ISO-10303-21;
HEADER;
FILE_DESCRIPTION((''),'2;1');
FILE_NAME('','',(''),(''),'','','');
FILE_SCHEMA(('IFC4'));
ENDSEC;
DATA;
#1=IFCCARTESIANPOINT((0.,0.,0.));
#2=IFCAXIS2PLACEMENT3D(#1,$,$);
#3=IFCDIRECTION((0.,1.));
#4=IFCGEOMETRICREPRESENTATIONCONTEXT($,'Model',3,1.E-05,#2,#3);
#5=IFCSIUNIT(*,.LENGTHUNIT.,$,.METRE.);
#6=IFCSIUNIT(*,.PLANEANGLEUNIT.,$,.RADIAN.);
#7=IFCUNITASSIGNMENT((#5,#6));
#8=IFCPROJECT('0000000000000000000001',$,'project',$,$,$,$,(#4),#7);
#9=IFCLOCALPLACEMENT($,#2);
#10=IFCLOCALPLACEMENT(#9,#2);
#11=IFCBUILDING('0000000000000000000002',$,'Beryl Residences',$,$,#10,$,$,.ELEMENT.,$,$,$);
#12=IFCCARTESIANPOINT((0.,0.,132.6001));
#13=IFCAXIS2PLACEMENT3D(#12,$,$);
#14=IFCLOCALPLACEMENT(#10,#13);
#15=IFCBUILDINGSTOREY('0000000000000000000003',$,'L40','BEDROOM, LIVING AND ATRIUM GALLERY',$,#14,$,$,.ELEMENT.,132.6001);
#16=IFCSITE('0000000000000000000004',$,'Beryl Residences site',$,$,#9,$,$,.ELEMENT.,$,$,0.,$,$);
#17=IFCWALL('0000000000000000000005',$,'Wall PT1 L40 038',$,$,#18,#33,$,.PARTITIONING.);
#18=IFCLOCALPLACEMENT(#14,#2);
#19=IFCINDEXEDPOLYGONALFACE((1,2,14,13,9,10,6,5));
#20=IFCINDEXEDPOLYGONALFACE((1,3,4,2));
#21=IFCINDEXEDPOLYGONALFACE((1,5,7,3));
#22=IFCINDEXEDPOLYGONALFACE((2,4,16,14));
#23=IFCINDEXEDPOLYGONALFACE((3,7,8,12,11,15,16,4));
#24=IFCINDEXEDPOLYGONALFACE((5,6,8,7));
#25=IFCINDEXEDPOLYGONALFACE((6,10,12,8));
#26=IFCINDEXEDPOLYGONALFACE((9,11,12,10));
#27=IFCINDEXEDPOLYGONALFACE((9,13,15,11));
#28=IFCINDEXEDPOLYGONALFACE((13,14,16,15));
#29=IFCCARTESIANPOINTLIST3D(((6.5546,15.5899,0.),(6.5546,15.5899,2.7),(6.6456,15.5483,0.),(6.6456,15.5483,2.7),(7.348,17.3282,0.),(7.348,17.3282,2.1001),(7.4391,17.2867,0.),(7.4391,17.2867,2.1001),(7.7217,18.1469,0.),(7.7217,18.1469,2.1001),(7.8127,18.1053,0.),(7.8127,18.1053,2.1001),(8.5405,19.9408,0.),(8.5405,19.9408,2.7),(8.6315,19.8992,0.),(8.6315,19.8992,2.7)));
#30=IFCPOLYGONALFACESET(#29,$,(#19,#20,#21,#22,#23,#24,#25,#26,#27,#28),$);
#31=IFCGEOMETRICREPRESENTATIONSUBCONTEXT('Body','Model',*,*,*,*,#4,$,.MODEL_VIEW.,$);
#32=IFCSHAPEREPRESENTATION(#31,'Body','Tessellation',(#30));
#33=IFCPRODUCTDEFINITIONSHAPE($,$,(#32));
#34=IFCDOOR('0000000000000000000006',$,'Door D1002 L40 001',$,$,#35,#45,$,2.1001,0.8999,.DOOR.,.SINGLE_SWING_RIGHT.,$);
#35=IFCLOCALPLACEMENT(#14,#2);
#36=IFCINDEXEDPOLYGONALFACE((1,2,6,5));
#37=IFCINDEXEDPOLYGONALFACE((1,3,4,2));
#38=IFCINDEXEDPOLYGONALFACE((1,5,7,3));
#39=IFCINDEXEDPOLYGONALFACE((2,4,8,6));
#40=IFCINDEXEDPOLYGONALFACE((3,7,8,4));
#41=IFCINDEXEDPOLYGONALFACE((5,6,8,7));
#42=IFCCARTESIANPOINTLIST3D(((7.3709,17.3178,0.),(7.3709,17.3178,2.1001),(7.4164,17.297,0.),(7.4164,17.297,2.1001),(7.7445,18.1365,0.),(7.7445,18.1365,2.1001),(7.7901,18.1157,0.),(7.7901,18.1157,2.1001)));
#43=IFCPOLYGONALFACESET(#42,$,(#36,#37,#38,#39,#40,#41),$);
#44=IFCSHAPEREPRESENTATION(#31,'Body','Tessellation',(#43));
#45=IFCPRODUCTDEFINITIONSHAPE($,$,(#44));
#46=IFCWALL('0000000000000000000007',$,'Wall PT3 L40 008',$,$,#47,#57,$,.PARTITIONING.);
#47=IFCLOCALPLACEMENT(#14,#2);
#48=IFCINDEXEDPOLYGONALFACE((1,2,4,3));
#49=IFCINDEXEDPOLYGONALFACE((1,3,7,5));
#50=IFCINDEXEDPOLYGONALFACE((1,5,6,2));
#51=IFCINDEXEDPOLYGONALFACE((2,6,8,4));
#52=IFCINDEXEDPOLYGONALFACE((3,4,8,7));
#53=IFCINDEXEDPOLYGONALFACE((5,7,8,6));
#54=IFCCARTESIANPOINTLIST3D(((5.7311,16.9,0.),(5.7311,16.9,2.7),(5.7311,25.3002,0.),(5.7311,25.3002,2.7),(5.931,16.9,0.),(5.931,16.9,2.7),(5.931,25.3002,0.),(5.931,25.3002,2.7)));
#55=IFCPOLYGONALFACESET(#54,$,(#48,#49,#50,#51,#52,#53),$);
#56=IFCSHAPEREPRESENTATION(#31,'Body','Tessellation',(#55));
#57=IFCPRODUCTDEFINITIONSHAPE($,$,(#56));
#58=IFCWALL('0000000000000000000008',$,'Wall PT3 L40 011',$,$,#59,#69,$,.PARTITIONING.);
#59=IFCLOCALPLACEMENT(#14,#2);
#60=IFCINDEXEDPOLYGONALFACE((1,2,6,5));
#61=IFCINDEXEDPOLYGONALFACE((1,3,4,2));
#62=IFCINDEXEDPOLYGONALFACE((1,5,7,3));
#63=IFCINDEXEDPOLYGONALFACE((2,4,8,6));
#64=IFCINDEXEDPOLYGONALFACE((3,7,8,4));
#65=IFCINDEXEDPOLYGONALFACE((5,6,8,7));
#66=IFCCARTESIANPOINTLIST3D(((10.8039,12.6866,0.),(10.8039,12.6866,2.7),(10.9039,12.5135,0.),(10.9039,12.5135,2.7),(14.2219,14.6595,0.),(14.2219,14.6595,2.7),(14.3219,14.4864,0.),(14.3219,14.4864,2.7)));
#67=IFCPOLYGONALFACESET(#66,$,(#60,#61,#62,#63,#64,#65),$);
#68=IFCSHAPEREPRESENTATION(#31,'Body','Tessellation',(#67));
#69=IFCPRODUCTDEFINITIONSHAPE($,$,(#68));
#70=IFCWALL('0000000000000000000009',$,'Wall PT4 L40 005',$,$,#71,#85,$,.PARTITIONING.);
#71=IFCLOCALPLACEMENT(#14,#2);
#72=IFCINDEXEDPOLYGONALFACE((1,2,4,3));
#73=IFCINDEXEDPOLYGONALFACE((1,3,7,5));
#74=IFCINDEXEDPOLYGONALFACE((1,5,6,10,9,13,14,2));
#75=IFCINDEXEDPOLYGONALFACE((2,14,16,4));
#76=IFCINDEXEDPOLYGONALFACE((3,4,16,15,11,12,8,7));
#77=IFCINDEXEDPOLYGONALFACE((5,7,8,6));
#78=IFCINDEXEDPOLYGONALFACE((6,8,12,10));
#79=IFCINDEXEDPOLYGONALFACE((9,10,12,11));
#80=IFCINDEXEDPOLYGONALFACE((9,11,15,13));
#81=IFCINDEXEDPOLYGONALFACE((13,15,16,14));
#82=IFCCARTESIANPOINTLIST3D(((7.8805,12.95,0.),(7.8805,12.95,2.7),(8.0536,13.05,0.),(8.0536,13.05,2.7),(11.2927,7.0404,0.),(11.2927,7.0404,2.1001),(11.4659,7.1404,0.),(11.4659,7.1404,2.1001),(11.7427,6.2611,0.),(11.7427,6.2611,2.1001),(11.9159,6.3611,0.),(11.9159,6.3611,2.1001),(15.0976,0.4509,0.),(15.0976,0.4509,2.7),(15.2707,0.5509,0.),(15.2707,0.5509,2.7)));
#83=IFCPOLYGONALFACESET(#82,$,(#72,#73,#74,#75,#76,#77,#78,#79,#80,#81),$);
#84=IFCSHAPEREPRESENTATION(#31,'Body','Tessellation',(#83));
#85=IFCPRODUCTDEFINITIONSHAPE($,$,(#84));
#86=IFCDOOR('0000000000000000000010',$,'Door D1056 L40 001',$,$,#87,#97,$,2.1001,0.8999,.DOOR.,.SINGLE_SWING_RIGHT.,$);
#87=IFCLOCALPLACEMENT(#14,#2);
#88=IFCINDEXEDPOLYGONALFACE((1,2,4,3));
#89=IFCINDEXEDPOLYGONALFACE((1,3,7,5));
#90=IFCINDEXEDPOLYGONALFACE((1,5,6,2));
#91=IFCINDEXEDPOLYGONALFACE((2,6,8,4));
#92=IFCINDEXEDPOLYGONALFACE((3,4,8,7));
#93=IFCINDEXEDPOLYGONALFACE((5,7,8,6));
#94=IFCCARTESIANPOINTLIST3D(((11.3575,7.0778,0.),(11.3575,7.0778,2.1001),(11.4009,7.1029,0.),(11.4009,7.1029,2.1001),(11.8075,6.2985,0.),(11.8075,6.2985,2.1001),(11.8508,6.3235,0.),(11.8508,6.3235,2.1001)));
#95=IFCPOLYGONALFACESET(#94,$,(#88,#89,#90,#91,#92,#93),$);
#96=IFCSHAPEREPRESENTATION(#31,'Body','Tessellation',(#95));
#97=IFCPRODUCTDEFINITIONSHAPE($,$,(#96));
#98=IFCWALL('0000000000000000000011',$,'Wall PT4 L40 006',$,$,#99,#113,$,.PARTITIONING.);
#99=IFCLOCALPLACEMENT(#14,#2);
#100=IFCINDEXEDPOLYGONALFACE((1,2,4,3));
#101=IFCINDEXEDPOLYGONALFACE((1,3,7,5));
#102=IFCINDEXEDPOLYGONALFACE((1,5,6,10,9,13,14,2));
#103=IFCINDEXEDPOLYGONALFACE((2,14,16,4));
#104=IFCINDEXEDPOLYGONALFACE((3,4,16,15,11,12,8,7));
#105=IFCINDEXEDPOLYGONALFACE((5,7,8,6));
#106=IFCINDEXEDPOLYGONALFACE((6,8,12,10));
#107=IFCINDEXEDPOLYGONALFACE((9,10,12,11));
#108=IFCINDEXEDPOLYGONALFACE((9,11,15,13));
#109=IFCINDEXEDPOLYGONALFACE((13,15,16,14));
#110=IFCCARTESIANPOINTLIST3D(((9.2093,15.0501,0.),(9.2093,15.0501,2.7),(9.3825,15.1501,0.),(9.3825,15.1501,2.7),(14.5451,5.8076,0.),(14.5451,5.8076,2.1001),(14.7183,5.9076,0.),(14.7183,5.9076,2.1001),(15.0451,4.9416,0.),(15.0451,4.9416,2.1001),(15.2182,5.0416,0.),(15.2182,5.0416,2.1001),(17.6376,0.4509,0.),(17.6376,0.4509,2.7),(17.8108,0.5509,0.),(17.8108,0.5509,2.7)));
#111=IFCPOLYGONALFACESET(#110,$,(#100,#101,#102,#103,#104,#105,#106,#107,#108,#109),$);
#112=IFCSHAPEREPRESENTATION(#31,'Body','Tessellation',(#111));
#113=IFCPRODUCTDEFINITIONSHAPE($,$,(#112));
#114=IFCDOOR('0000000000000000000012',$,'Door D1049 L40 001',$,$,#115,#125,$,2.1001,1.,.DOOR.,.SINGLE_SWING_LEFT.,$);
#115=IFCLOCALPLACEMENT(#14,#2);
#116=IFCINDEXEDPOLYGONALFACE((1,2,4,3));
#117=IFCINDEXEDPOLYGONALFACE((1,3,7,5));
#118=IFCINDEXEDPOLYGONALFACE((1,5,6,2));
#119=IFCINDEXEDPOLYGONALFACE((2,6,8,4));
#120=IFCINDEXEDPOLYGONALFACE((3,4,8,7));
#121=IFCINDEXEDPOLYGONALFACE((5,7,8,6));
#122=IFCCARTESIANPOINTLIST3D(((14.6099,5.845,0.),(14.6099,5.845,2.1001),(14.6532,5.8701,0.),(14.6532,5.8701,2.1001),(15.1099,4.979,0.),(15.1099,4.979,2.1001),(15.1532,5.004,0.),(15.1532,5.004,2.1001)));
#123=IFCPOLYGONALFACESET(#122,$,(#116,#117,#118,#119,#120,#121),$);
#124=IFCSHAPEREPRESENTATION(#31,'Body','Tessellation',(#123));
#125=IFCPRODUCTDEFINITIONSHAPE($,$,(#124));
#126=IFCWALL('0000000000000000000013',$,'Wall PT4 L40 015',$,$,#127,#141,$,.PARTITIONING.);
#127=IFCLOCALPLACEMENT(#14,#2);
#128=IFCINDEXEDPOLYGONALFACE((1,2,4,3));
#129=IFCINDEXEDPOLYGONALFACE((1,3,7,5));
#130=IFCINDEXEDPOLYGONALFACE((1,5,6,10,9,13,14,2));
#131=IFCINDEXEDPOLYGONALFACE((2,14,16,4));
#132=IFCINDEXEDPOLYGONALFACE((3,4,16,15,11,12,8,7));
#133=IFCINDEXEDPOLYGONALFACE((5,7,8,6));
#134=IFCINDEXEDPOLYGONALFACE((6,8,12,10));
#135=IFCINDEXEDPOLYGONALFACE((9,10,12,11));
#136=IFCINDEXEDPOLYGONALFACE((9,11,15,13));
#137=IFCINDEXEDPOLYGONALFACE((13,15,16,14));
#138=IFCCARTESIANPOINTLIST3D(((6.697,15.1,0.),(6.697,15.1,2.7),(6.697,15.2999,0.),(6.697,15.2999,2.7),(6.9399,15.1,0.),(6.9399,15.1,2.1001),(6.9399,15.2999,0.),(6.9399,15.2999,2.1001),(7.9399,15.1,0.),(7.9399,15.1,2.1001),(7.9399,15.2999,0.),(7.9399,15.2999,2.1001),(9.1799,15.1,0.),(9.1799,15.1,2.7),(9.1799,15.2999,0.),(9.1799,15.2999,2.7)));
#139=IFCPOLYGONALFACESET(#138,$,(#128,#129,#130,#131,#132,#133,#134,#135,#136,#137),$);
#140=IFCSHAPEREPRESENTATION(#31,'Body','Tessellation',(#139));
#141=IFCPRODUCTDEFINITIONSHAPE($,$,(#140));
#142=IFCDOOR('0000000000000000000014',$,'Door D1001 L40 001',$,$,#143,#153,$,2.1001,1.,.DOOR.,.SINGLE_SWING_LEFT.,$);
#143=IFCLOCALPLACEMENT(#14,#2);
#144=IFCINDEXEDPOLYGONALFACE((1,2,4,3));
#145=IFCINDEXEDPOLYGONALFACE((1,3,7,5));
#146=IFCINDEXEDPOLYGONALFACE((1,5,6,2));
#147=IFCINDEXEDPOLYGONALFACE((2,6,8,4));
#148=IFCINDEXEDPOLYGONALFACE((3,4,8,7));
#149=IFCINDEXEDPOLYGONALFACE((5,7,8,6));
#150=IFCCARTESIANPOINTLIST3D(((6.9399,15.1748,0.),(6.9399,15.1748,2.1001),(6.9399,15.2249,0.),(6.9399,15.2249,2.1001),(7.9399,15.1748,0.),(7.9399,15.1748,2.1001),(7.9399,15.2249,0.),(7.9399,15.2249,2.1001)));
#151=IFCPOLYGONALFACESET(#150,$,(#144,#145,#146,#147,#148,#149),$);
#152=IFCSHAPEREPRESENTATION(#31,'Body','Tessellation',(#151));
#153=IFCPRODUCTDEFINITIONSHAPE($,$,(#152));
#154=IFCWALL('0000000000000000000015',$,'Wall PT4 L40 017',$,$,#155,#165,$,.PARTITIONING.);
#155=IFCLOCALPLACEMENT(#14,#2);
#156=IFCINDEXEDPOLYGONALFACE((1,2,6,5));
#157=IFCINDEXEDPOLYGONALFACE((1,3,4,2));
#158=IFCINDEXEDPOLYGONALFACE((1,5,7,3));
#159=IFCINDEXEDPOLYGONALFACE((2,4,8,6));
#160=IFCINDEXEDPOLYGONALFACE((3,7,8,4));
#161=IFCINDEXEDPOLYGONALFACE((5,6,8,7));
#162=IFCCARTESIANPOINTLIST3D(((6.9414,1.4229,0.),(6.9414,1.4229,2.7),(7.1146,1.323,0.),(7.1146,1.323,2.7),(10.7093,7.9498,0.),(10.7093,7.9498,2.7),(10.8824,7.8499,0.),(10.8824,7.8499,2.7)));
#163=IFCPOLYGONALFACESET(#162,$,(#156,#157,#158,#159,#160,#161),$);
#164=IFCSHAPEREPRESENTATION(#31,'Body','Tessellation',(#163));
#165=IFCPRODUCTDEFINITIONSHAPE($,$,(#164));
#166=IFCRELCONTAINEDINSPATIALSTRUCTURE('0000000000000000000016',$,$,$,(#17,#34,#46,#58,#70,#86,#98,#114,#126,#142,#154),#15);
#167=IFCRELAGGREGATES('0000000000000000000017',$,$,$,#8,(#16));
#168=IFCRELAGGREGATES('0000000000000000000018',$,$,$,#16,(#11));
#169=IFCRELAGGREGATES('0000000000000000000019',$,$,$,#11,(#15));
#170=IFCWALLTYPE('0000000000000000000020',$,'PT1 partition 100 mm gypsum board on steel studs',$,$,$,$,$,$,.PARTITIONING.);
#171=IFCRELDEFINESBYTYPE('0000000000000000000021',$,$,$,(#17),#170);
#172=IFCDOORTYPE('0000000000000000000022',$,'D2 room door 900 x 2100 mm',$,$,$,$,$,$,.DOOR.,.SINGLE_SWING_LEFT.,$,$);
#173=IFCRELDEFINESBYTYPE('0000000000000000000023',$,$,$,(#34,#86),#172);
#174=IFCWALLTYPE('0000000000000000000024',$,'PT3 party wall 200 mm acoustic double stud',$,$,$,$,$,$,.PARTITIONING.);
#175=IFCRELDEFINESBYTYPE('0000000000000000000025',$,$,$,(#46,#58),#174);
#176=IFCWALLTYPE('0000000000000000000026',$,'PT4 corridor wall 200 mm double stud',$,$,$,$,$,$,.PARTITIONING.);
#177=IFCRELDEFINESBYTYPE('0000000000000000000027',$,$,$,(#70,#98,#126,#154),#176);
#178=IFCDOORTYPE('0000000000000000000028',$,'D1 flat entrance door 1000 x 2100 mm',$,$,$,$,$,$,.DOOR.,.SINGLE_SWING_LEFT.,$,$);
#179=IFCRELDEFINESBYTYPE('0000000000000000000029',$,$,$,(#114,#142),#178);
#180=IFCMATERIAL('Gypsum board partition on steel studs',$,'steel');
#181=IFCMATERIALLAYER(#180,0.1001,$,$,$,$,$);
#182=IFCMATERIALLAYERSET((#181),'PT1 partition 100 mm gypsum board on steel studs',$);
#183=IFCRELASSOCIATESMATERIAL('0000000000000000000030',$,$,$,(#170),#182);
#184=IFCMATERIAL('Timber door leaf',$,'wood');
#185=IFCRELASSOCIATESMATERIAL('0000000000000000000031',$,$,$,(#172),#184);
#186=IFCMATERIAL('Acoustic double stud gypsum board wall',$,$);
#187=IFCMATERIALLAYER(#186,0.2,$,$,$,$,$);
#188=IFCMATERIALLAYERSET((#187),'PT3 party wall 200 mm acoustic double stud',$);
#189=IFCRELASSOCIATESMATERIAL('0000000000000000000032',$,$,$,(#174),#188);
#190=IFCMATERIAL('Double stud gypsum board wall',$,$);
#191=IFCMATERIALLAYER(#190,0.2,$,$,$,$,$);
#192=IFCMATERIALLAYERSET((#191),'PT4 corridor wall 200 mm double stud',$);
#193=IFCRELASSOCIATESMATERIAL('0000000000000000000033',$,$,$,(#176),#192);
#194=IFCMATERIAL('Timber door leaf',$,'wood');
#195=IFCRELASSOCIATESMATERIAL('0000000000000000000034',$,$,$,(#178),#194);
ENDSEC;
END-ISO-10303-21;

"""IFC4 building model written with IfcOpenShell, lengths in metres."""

from ifc_helpers import new_model, si_unit, direction, frame, frame_2d, origin, place, context, subcontext, project, spatial, rectangle, extrude, material, layer, layer_set, type_object, element, fill, save


model = new_model("IFC4")

# Units and contexts
model_context = context("Model", 3, precision=1e-05, world=origin(), true_north=direction((0.0, 1.0)))
body_context = subcontext(model_context, "Body", "Model", "MODEL_VIEW")
ifc_project = project(units=[si_unit("LENGTHUNIT", "METRE"), si_unit("PLANEANGLEUNIT", "RADIAN")], contexts=[model_context])

# Site, building, storey
site_placement = place(None, origin())
site = spatial("IfcSite", under=ifc_project, at=site_placement, Name="Beryl Residences site", CompositionType="ELEMENT", RefElevation=0.0)
building_placement = place(site_placement, origin())
building = spatial("IfcBuilding", under=site, at=building_placement, Name="Beryl Residences", CompositionType="ELEMENT")
storey_placement = place(building_placement, frame((0.0, 0.0, 132.6001)))
storey = spatial("IfcBuildingStorey", under=building, at=storey_placement, Name="L40", Description="BEDROOM, LIVING AND ATRIUM GALLERY", CompositionType="ELEMENT", Elevation=132.6001)

# Shared definitions
ifc_material_1 = material(Name="Gypsum board partition on steel studs", Category="steel")
ifc_layer_1 = layer(ifc_material_1, 0.1001)
ifc_layer_set_1 = layer_set([ifc_layer_1], Name="PT1 partition 100 mm gypsum board on steel studs")
wall_type_1 = type_object("IfcWallType", Name="PT1 partition 100 mm gypsum board on steel studs", PredefinedType="PARTITIONING", material=ifc_layer_set_1)

# Wall, opening, door
wall_1_placement = place(storey_placement, frame((6.6001, 15.5691, 0.0), z_axis=(0.0, 0.0, 1.0), x_axis=(0.415222, 0.90972, 0.0)))
wall_1 = element("IfcWall", 1, at=wall_1_placement, inside=storey, type_object=wall_type_1, Name="Wall PT1 L40 038", PredefinedType="PARTITIONING", context=body_context, shape_type="SweptSolid", body=[
    extrude(rectangle(XDim=4.7827, YDim=0.1001, at=frame_2d((2.3914, 0.0))), origin(), (0.0, 0.0, 1.0), 2.7),
])
opening_1_placement = place(wall_1_placement, frame((1.9109, 0.0, 0.0)))
opening_1 = element("IfcOpeningElement", 2, at=opening_1_placement, cuts=wall_1, PredefinedType="OPENING", context=body_context, shape_type="SweptSolid", body=[
    extrude(rectangle(XDim=0.8999, YDim=2.1001, at=frame_2d((0.45, 1.05))), frame((0.0, 0.0601, 0.0), z_axis=(0.0, -1.0, 0.0), x_axis=(1.0, 0.0, 0.0)), (0.0, 0.0, 1.0), 0.1201),
])
ifc_material_2 = material(Name="Timber door leaf", Category="wood")
door_type_1 = type_object("IfcDoorType", Name="D2 room door 900 x 2100 mm", OperationType="SINGLE_SWING_LEFT", PredefinedType="DOOR", material=ifc_material_2)
door_1_placement = place(opening_1_placement, origin())
door_1 = element("IfcDoor", 3, at=door_1_placement, inside=storey, type_object=door_type_1, Name="Door D1002 L40 001", OperationType="SINGLE_SWING_RIGHT", OverallHeight=2.1001, OverallWidth=0.8999, PredefinedType="DOOR", context=body_context, shape_type="SweptSolid", body=[
    extrude(rectangle(XDim=0.8999, YDim=2.1001, at=frame_2d((0.45, 1.05))), frame((0.0, 0.0249, 0.0), z_axis=(0.0, -1.0, 0.0), x_axis=(1.0, 0.0, 0.0)), (0.0, 0.0, 1.0), 0.05),
])
fill(opening_1, door_1)

# Walls
ifc_material_3 = material(Name="Acoustic double stud gypsum board wall")
ifc_layer_2 = layer(ifc_material_3, 0.2)
ifc_layer_set_2 = layer_set([ifc_layer_2], Name="PT3 party wall 200 mm acoustic double stud")
wall_type_2 = type_object("IfcWallType", Name="PT3 party wall 200 mm acoustic double stud", PredefinedType="PARTITIONING", material=ifc_layer_set_2)
wall_2_placement = place(storey_placement, frame((5.8311, 16.8999, 0.0), z_axis=(0.0, 0.0, 1.0), x_axis=(0.0, 1.0, 0.0)))
element("IfcWall", 4, at=wall_2_placement, inside=storey, type_object=wall_type_2, Name="Wall PT3 L40 008", PredefinedType="PARTITIONING", context=body_context, shape_type="SweptSolid", body=[
    extrude(rectangle(XDim=8.4001, YDim=0.2, at=frame_2d((4.2002, 0.0))), origin(), (0.0, 0.0, 1.0), 2.7),
])
wall_3_placement = place(storey_placement, frame((10.854, 12.6001, 0.0), z_axis=(0.0, 0.0, 1.0), x_axis=(0.866076, 0.499912, 0.0)))
element("IfcWall", 5, at=wall_3_placement, inside=storey, type_object=wall_type_2, Name="Wall PT3 L40 011", PredefinedType="PARTITIONING", context=body_context, shape_type="SweptSolid", body=[
    extrude(rectangle(XDim=3.9465, YDim=0.2, at=frame_2d((1.9731, 0.0))), origin(), (0.0, 0.0, 1.0), 2.7),
])

# Walls, openings, doors
ifc_material_4 = material(Name="Double stud gypsum board wall")
ifc_layer_3 = layer(ifc_material_4, 0.2)
ifc_layer_set_3 = layer_set([ifc_layer_3], Name="PT4 corridor wall 200 mm double stud")
wall_type_3 = type_object("IfcWallType", Name="PT4 corridor wall 200 mm double stud", PredefinedType="PARTITIONING", material=ifc_layer_set_3)
wall_4_placement = place(storey_placement, frame((7.967, 13.0, 0.0), z_axis=(0.0, 0.0, 1.0), x_axis=(0.500038, -0.866004, 0.0)))
wall_4 = element("IfcWall", 6, at=wall_4_placement, inside=storey, type_object=wall_type_3, Name="Wall PT4 L40 005", PredefinedType="PARTITIONING", context=body_context, shape_type="SweptSolid", body=[
    extrude(rectangle(XDim=14.4331, YDim=0.2, at=frame_2d((7.2166, 0.0))), origin(), (0.0, 0.0, 1.0), 2.7),
])
opening_2_placement = place(wall_4_placement, frame((6.824, 0.0, 0.0)))
opening_2 = element("IfcOpeningElement", 7, at=opening_2_placement, cuts=wall_4, PredefinedType="OPENING", context=body_context, shape_type="SweptSolid", body=[
    extrude(rectangle(XDim=0.8999, YDim=2.1001, at=frame_2d((0.45, 1.05))), frame((0.0, 0.1099, 0.0), z_axis=(0.0, -1.0, 0.0), x_axis=(1.0, 0.0, 0.0)), (0.0, 0.0, 1.0), 0.22),
])
door_2_placement = place(opening_2_placement, origin())
door_2 = element("IfcDoor", 8, at=door_2_placement, inside=storey, type_object=door_type_1, Name="Door D1056 L40 001", OperationType="SINGLE_SWING_RIGHT", OverallHeight=2.1001, OverallWidth=0.8999, PredefinedType="DOOR", context=body_context, shape_type="SweptSolid", body=[
    extrude(rectangle(XDim=0.8999, YDim=2.1001, at=frame_2d((0.45, 1.05))), frame((0.0, 0.0249, 0.0), z_axis=(0.0, -1.0, 0.0), x_axis=(1.0, 0.0, 0.0)), (0.0, 0.0, 1.0), 0.05),
])
fill(opening_2, door_2)
wall_5_placement = place(storey_placement, frame((9.2959, 15.1001, 0.0), z_axis=(0.0, 0.0, 1.0), x_axis=(0.499974, -0.86604, 0.0)))
wall_5 = element("IfcWall", 9, at=wall_5_placement, inside=storey, type_object=wall_type_3, Name="Wall PT4 L40 006", PredefinedType="PARTITIONING", context=body_context, shape_type="SweptSolid", body=[
    extrude(rectangle(XDim=16.8574, YDim=0.2, at=frame_2d((8.4287, 0.0))), origin(), (0.0, 0.0, 1.0), 2.7),
])
opening_3_placement = place(wall_5_placement, frame((10.6721, 0.0, 0.0)))
opening_3 = element("IfcOpeningElement", 10, at=opening_3_placement, cuts=wall_5, PredefinedType="OPENING", context=body_context, shape_type="SweptSolid", body=[
    extrude(rectangle(XDim=1.0, YDim=2.1001, at=frame_2d((0.5, 1.05))), frame((0.0, 0.1099, 0.0), z_axis=(0.0, -1.0, 0.0), x_axis=(1.0, 0.0, 0.0)), (0.0, 0.0, 1.0), 0.22),
])
ifc_material_5 = material(Name="Timber door leaf", Category="wood")
door_type_2 = type_object("IfcDoorType", Name="D1 flat entrance door 1000 x 2100 mm", OperationType="SINGLE_SWING_LEFT", PredefinedType="DOOR", material=ifc_material_5)
door_3_placement = place(opening_3_placement, origin())
door_3 = element("IfcDoor", 11, at=door_3_placement, inside=storey, type_object=door_type_2, Name="Door D1049 L40 001", OperationType="SINGLE_SWING_LEFT", OverallHeight=2.1001, OverallWidth=1.0, PredefinedType="DOOR", context=body_context, shape_type="SweptSolid", body=[
    extrude(rectangle(XDim=1.0, YDim=2.1001, at=frame_2d((0.5, 1.05))), frame((0.0, 0.0249, 0.0), z_axis=(0.0, -1.0, 0.0), x_axis=(1.0, 0.0, 0.0)), (0.0, 0.0, 1.0), 0.05),
])
fill(opening_3, door_3)
wall_6_placement = place(storey_placement, frame((6.697, 15.2, 0.0), z_axis=(0.0, 0.0, 1.0), x_axis=(1.0, 0.0, 0.0)))
wall_6 = element("IfcWall", 12, at=wall_6_placement, inside=storey, type_object=wall_type_3, Name="Wall PT4 L40 015", PredefinedType="PARTITIONING", context=body_context, shape_type="SweptSolid", body=[
    extrude(rectangle(XDim=2.4829, YDim=0.2, at=frame_2d((1.2415, 0.0))), origin(), (0.0, 0.0, 1.0), 2.7),
])
opening_4_placement = place(wall_6_placement, frame((0.2429, 0.0, 0.0)))
opening_4 = element("IfcOpeningElement", 13, at=opening_4_placement, cuts=wall_6, PredefinedType="OPENING", context=body_context, shape_type="SweptSolid", body=[
    extrude(rectangle(XDim=1.0, YDim=2.1001, at=frame_2d((0.5, 1.05))), frame((0.0, 0.1099, 0.0), z_axis=(0.0, -1.0, 0.0), x_axis=(1.0, 0.0, 0.0)), (0.0, 0.0, 1.0), 0.22),
])
door_4_placement = place(opening_4_placement, origin())
door_4 = element("IfcDoor", 14, at=door_4_placement, inside=storey, type_object=door_type_2, Name="Door D1001 L40 001", OperationType="SINGLE_SWING_LEFT", OverallHeight=2.1001, OverallWidth=1.0, PredefinedType="DOOR", context=body_context, shape_type="SweptSolid", body=[
    extrude(rectangle(XDim=1.0, YDim=2.1001, at=frame_2d((0.5, 1.05))), frame((0.0, 0.0249, 0.0), z_axis=(0.0, -1.0, 0.0), x_axis=(1.0, 0.0, 0.0)), (0.0, 0.0, 1.0), 0.05),
])
fill(opening_4, door_4)

# Wall
wall_7_placement = place(storey_placement, frame((7.0281, 1.373, 0.0), z_axis=(0.0, 0.0, 1.0), x_axis=(0.499954, 0.866052, 0.0)))
element("IfcWall", 15, at=wall_7_placement, inside=storey, type_object=wall_type_3, Name="Wall PT4 L40 017", PredefinedType="PARTITIONING", context=body_context, shape_type="SweptSolid", body=[
    extrude(rectangle(XDim=7.5364, YDim=0.2, at=frame_2d((3.7681, 0.0))), origin(), (0.0, 0.0, 1.0), 2.7),
])

save(model, "model.ifc")
